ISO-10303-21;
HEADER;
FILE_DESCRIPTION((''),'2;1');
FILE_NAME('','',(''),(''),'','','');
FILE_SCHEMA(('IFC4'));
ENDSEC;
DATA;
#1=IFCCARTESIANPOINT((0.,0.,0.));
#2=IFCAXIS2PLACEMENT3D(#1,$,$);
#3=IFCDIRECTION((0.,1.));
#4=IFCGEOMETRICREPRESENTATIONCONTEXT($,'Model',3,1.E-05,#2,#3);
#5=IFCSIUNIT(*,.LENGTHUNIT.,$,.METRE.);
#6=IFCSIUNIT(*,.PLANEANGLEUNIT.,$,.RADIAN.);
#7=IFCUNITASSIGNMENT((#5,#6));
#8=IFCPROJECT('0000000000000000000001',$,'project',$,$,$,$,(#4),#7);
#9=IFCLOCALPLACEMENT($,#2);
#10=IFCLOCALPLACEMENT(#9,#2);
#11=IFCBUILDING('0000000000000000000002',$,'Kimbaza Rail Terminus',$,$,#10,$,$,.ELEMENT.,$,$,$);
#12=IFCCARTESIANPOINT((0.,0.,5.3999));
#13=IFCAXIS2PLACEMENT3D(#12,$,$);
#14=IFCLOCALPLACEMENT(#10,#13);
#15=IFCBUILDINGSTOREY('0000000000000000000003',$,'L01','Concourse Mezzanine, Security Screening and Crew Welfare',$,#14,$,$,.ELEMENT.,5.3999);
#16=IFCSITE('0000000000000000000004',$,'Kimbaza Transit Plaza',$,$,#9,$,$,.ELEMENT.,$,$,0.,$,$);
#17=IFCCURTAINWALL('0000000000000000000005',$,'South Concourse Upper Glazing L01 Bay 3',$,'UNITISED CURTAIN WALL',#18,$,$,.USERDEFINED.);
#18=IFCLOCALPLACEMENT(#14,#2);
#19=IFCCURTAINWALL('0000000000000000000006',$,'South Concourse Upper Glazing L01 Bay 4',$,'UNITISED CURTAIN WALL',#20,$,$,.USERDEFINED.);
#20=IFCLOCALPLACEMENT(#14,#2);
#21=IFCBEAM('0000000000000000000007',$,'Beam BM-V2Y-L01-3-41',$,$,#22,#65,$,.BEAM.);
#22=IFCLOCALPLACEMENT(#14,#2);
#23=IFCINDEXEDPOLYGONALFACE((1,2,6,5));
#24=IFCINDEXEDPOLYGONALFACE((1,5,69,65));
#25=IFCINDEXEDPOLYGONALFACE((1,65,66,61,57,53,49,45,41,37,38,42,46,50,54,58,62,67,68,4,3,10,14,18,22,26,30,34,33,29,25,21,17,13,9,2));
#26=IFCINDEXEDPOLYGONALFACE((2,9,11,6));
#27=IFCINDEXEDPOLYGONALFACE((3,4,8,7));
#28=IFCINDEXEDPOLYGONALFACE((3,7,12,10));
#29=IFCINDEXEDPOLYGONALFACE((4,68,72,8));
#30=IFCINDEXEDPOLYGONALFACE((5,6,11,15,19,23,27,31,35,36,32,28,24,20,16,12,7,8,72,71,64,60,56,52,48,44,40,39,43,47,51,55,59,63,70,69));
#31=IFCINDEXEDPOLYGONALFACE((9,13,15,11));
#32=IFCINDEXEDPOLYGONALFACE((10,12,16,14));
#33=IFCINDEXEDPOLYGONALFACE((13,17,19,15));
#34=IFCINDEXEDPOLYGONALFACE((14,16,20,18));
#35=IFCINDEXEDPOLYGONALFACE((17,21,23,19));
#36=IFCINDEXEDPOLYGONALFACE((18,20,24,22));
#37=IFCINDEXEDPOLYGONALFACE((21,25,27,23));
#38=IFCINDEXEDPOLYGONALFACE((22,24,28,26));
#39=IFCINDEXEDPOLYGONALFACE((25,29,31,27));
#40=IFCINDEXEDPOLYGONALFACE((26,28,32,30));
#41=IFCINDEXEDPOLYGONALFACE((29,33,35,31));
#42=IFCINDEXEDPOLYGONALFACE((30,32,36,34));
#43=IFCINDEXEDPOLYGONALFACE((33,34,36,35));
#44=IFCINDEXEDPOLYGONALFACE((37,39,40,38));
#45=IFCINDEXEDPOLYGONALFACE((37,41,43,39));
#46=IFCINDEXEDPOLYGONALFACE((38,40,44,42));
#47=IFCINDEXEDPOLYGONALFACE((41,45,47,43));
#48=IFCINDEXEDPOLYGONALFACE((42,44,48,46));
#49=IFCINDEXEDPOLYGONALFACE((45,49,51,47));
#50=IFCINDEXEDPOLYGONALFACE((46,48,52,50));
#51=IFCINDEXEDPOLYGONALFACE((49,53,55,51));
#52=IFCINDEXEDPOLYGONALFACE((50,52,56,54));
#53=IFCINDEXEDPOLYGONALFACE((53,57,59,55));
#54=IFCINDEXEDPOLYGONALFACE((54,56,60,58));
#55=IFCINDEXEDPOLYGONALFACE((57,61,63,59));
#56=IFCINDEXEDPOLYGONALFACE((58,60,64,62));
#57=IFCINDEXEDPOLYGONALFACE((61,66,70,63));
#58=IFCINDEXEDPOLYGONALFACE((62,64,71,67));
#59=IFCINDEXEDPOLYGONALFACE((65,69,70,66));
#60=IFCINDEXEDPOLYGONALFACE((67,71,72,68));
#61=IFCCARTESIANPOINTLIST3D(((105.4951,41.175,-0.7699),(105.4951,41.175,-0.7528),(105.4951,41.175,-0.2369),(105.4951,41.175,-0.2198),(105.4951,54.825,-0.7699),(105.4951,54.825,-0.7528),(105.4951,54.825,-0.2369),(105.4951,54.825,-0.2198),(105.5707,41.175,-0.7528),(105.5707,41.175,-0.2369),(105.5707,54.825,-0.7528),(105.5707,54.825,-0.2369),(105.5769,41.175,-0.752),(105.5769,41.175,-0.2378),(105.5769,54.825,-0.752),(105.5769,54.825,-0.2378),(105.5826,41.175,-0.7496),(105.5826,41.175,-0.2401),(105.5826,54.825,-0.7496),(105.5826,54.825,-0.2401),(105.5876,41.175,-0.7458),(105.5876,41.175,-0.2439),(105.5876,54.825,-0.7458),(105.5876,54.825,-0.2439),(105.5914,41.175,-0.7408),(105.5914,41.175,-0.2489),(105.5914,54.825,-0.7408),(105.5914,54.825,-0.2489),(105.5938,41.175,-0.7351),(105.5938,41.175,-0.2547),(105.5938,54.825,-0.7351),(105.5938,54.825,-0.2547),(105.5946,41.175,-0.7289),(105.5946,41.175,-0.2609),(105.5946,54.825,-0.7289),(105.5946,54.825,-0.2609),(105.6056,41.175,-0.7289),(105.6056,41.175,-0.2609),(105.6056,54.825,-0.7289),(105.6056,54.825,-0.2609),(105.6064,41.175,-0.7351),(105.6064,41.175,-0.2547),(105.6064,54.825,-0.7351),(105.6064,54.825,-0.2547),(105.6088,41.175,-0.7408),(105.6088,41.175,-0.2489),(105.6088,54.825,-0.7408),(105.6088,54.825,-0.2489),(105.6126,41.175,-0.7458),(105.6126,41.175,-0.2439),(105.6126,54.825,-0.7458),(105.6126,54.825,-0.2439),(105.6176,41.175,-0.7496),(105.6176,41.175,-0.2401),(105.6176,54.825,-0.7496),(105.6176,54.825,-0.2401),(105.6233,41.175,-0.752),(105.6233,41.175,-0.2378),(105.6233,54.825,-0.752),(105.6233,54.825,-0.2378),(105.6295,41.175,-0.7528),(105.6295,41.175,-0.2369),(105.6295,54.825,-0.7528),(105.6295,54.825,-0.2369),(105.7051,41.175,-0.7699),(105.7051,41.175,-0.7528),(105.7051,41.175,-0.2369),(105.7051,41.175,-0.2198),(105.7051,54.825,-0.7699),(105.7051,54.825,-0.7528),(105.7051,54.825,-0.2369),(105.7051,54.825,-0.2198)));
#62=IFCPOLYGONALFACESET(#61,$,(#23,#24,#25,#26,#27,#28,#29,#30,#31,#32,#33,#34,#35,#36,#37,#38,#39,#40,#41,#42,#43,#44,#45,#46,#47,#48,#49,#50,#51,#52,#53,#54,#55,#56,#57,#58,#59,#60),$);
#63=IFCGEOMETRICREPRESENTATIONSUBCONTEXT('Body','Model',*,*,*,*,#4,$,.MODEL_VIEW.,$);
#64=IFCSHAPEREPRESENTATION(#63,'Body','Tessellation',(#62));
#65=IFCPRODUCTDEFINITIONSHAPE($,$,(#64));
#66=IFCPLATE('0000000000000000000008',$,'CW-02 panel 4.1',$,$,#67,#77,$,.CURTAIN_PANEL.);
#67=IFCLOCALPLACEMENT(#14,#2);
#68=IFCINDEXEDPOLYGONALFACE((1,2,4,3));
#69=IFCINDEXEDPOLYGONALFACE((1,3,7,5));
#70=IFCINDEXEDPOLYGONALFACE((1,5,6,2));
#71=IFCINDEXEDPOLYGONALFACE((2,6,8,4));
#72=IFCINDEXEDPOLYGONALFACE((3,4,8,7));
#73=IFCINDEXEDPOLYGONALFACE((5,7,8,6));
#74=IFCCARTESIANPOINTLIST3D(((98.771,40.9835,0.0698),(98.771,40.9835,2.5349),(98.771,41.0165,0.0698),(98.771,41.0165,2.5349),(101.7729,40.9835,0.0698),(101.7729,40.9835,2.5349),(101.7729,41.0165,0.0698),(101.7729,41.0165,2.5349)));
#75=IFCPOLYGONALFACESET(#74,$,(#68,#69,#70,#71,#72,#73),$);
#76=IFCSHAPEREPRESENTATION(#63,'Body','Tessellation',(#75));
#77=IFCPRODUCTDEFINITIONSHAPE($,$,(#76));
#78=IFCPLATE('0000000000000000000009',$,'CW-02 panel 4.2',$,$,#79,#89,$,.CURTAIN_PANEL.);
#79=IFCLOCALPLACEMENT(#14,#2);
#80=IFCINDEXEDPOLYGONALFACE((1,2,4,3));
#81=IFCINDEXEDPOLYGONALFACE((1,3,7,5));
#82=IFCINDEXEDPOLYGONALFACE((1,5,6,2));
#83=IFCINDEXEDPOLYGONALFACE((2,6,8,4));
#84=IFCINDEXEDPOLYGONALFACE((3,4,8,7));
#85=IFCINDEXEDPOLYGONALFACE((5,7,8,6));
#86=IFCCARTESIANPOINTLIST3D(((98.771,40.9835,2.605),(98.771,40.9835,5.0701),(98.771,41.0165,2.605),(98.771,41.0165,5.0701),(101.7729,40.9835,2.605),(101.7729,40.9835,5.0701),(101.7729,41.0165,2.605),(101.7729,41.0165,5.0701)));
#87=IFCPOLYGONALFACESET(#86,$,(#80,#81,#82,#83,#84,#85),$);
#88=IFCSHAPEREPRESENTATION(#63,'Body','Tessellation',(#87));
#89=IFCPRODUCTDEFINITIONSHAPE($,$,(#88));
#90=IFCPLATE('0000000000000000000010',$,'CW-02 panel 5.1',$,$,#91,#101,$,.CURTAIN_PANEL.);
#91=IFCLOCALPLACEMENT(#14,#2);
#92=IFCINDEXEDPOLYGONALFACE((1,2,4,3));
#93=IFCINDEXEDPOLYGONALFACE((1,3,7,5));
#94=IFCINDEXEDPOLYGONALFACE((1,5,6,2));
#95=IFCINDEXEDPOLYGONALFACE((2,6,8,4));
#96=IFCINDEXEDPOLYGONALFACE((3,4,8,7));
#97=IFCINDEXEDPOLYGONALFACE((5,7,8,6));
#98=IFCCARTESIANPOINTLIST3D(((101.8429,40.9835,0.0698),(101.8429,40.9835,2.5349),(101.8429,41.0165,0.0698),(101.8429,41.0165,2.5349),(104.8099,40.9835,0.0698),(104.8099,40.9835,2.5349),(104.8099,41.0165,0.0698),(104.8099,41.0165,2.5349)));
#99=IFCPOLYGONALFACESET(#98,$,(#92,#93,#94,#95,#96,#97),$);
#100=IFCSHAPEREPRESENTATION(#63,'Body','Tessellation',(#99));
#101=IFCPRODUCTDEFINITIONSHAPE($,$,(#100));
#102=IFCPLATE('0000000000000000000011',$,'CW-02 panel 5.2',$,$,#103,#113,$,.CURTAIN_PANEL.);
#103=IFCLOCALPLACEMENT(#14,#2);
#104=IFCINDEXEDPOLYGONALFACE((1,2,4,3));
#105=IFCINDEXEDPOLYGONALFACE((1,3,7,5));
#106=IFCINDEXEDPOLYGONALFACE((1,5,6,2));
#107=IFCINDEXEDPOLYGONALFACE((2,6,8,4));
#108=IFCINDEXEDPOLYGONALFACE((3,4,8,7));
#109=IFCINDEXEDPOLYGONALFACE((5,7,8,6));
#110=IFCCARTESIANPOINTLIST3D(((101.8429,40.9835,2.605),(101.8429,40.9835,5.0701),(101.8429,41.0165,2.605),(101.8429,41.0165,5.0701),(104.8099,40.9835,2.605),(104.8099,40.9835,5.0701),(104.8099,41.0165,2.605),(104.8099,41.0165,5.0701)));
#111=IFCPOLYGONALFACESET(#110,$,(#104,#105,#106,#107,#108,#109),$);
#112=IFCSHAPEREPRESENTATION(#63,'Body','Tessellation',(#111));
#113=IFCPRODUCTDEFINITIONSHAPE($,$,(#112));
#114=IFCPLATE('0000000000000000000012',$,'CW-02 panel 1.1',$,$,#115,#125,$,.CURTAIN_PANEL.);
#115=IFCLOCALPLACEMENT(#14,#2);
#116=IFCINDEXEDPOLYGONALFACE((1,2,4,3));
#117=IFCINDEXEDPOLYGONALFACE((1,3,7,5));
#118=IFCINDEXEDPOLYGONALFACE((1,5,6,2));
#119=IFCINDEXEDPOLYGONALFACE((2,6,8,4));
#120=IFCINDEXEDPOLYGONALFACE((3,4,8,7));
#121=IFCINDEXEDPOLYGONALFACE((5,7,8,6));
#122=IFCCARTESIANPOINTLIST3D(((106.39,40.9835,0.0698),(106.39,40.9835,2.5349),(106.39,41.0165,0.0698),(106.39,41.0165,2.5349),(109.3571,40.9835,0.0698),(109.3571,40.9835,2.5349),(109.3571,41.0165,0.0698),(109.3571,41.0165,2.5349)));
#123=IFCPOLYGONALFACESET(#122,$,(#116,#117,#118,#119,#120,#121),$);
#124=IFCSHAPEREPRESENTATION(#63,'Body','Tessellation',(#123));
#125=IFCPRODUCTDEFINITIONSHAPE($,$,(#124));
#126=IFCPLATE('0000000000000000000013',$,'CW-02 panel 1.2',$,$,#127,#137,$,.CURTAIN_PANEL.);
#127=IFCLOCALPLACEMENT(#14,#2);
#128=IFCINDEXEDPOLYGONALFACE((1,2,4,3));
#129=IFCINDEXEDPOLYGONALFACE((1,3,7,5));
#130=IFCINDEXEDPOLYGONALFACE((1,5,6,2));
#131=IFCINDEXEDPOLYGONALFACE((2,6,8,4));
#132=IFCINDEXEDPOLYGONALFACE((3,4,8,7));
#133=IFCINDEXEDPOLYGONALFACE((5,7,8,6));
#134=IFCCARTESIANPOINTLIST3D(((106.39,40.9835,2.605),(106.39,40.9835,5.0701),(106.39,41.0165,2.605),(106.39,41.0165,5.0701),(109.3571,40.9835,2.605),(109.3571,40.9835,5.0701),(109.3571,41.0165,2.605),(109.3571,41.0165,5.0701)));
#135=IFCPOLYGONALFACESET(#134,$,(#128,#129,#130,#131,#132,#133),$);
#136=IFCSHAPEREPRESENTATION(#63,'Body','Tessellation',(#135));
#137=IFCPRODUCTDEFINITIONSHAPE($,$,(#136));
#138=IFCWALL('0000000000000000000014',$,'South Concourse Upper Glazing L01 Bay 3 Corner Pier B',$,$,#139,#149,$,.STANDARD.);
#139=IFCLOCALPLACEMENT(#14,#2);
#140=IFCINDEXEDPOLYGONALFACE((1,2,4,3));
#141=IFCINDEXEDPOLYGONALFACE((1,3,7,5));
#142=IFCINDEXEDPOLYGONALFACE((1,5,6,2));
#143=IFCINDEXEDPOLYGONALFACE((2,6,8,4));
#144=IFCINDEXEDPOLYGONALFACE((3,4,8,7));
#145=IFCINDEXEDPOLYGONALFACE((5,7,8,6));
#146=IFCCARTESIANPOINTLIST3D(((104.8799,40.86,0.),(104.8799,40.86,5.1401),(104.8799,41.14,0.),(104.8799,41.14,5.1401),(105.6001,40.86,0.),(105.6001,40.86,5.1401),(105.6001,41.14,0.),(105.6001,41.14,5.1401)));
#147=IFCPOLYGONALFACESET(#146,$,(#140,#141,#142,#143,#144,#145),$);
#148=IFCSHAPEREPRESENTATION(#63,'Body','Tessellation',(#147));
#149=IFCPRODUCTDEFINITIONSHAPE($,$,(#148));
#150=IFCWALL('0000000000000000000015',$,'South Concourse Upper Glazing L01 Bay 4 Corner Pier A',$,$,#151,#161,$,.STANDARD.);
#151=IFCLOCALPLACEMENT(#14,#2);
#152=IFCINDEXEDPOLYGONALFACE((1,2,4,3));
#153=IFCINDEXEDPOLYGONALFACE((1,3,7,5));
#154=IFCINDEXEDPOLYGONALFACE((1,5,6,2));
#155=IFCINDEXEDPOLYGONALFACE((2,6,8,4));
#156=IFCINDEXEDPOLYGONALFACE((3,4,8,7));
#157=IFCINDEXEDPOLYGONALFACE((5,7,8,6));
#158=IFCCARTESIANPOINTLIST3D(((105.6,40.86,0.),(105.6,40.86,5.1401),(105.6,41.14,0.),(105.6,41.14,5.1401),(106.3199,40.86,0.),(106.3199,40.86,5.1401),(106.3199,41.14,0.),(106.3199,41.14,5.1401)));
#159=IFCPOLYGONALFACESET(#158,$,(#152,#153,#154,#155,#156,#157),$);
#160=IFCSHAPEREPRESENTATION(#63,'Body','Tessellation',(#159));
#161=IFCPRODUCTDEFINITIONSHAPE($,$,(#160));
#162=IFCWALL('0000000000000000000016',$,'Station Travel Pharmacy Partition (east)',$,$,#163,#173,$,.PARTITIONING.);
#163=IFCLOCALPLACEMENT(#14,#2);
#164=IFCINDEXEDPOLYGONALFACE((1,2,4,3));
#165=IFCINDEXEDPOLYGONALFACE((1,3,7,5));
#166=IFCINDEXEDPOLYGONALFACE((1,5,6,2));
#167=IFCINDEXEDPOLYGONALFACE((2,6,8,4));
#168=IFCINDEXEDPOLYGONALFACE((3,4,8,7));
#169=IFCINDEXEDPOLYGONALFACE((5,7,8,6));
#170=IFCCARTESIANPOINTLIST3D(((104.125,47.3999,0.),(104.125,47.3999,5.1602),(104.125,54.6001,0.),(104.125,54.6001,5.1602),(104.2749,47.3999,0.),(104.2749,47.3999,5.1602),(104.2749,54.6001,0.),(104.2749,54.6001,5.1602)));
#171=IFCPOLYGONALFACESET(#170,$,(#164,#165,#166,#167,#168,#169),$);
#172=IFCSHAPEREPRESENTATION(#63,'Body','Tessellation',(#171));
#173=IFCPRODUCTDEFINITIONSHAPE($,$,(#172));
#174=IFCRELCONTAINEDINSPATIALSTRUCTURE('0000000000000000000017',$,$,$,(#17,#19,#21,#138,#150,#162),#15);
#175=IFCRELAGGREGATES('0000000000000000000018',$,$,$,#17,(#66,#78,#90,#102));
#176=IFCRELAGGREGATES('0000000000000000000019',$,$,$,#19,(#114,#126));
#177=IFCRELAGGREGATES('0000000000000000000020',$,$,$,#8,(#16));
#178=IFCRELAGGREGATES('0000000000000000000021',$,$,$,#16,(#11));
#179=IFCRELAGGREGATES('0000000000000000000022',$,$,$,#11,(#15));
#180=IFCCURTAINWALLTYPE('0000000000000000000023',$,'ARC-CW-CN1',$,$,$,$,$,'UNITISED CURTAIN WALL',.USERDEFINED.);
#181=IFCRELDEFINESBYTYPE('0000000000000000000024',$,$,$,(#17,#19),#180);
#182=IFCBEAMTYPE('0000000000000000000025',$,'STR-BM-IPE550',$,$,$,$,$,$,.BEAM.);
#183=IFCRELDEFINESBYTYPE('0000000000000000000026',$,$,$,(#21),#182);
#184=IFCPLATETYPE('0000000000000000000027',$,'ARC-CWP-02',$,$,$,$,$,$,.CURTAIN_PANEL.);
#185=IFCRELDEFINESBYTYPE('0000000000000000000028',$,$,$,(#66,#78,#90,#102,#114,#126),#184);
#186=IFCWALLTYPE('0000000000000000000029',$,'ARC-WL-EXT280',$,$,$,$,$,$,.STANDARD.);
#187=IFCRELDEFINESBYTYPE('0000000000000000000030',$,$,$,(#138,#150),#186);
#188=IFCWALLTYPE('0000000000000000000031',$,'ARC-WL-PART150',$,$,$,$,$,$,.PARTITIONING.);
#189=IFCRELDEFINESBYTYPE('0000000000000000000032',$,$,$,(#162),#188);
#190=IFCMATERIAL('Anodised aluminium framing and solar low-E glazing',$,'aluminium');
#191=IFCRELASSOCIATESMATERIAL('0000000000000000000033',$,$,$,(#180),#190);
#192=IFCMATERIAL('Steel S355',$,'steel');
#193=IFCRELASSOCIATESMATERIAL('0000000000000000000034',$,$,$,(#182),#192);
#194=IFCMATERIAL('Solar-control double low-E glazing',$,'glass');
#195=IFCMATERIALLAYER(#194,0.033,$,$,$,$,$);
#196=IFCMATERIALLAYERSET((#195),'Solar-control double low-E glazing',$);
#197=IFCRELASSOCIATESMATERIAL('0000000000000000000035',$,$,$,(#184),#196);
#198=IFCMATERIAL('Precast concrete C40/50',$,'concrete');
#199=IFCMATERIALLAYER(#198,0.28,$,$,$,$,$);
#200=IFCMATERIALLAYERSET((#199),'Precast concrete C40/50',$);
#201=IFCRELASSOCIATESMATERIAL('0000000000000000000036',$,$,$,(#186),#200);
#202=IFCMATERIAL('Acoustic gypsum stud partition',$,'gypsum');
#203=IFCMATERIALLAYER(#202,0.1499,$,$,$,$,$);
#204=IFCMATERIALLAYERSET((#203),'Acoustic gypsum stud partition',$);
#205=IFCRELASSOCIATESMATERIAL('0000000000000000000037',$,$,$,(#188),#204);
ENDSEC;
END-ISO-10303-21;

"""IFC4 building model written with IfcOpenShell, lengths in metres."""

from ifc_helpers import new_model, si_unit, direction, frame, frame_2d, origin, origin_2d, place, context, subcontext, project, spatial, rectangle, i_section, extrude, material, layer, layer_set, material_profile, profile_set, type_object, element, aggregate, save


model = new_model("IFC4")

# Units and contexts
model_context = context("Model", 3, precision=1e-05, world=origin(), true_north=direction((0.0, 1.0)))
body_context = subcontext(model_context, "Body", "Model", "MODEL_VIEW")
ifc_project = project(units=[si_unit("LENGTHUNIT", "METRE"), si_unit("PLANEANGLEUNIT", "RADIAN")], contexts=[model_context])

# Site, building, storey
site_placement = place(None, origin())
site = spatial("IfcSite", under=ifc_project, at=site_placement, Name="Kimbaza Transit Plaza", CompositionType="ELEMENT", RefElevation=0.0)
building_placement = place(site_placement, origin())
building = spatial("IfcBuilding", under=site, at=building_placement, Name="Kimbaza Rail Terminus", CompositionType="ELEMENT")
storey_placement = place(building_placement, frame((0.0, 0.0, 5.3999)))
storey = spatial("IfcBuildingStorey", under=building, at=storey_placement, Name="L01", Description="Concourse Mezzanine, Security Screening and Crew Welfare", CompositionType="ELEMENT", Elevation=5.3999)

# Curtain walls
ifc_material_1 = material(Name="Anodised aluminium framing and solar low-E glazing", Category="aluminium")
curtain_wall_type = type_object("IfcCurtainWallType", Name="ARC-CW-CN1", ElementType="UNITISED CURTAIN WALL", PredefinedType="USERDEFINED", material=ifc_material_1)
curtain_wall_1_placement = place(storey_placement, origin())
curtain_wall_1 = element("IfcCurtainWall", 1, at=curtain_wall_1_placement, inside=storey, type_object=curtain_wall_type, Name="South Concourse Upper Glazing L01 Bay 3", ObjectType="UNITISED CURTAIN WALL", PredefinedType="USERDEFINED")
curtain_wall_2_placement = place(storey_placement, origin())
curtain_wall_2 = element("IfcCurtainWall", 2, at=curtain_wall_2_placement, inside=storey, type_object=curtain_wall_type, Name="South Concourse Upper Glazing L01 Bay 4", ObjectType="UNITISED CURTAIN WALL", PredefinedType="USERDEFINED")

# Beam
ifc_material_2 = material(Name="Steel S355", Category="steel")
ifc_material_profile_1 = material_profile(ifc_material_2, i_section(OverallWidth=0.21, OverallDepth=0.55, WebThickness=0.011, FlangeThickness=0.0171, FilletRadius=0.0239, at=origin_2d()), Name="IPE 550")
ifc_profile_set_1 = profile_set([ifc_material_profile_1], Name="Steel S355")
beam_type_1 = type_object("IfcBeamType", Name="STR-BM-IPE550", PredefinedType="BEAM", material=ifc_profile_set_1)
beam_1_placement = place(storey_placement, frame((105.6001, 41.175, -0.4949), z_axis=(0.0, 1.0, 0.0), x_axis=(-1.0, 0.0, 0.0)))
element("IfcBeam", 3, at=beam_1_placement, inside=storey, type_object=beam_type_1, Name="Beam BM-V2Y-L01-3-41", PredefinedType="BEAM", context=body_context, shape_type="SweptSolid", body=[
    extrude(i_section(OverallWidth=0.21, OverallDepth=0.55, WebThickness=0.011, FlangeThickness=0.0171, FilletRadius=0.0239, at=origin_2d()), origin(), (0.0, 0.0, 1.0), 13.6499),
])

# Plates
ifc_material_3 = material(Name="Solar-control double low-E glazing", Category="glass")
ifc_layer_1 = layer(ifc_material_3, 0.033)
ifc_layer_set_1 = layer_set([ifc_layer_1], Name="Solar-control double low-E glazing")
plate_type = type_object("IfcPlateType", Name="ARC-CWP-02", PredefinedType="CURTAIN_PANEL", material=ifc_layer_set_1)
plate_1_placement = place(storey_placement, frame((100.272, 41.0, 0.0698), z_axis=(0.0, 0.0, 1.0), x_axis=(1.0, 0.0, 0.0)))
plate_1 = element("IfcPlate", 4, at=plate_1_placement, type_object=plate_type, Name="CW-02 panel 4.1", PredefinedType="CURTAIN_PANEL", context=body_context, shape_type="SweptSolid", body=[
    extrude(rectangle(XDim=3.002, YDim=0.033, at=origin_2d()), origin(), (0.0, 0.0, 1.0), 2.4651),
])
plate_2_placement = place(storey_placement, frame((100.272, 41.0, 2.605), z_axis=(0.0, 0.0, 1.0), x_axis=(1.0, 0.0, 0.0)))
plate_2 = element("IfcPlate", 5, at=plate_2_placement, type_object=plate_type, Name="CW-02 panel 4.2", PredefinedType="CURTAIN_PANEL", context=body_context, shape_type="SweptSolid", body=[
    extrude(rectangle(XDim=3.002, YDim=0.033, at=origin_2d()), origin(), (0.0, 0.0, 1.0), 2.4651),
])
plate_3_placement = place(storey_placement, frame((103.3264, 41.0, 0.0698), z_axis=(0.0, 0.0, 1.0), x_axis=(1.0, 0.0, 0.0)))
plate_3 = element("IfcPlate", 6, at=plate_3_placement, type_object=plate_type, Name="CW-02 panel 5.1", PredefinedType="CURTAIN_PANEL", context=body_context, shape_type="SweptSolid", body=[
    extrude(rectangle(XDim=2.967, YDim=0.033, at=origin_2d()), origin(), (0.0, 0.0, 1.0), 2.4651),
])
plate_4_placement = place(storey_placement, frame((103.3264, 41.0, 2.605), z_axis=(0.0, 0.0, 1.0), x_axis=(1.0, 0.0, 0.0)))
plate_4 = element("IfcPlate", 7, at=plate_4_placement, type_object=plate_type, Name="CW-02 panel 5.2", PredefinedType="CURTAIN_PANEL", context=body_context, shape_type="SweptSolid", body=[
    extrude(rectangle(XDim=2.967, YDim=0.033, at=origin_2d()), origin(), (0.0, 0.0, 1.0), 2.4651),
])
aggregate(curtain_wall_1, [plate_1, plate_2, plate_3, plate_4])
plate_5_placement = place(storey_placement, frame((107.8735, 41.0, 0.0698), z_axis=(0.0, 0.0, 1.0), x_axis=(1.0, 0.0, 0.0)))
plate_5 = element("IfcPlate", 8, at=plate_5_placement, type_object=plate_type, Name="CW-02 panel 1.1", PredefinedType="CURTAIN_PANEL", context=body_context, shape_type="SweptSolid", body=[
    extrude(rectangle(XDim=2.967, YDim=0.033, at=origin_2d()), origin(), (0.0, 0.0, 1.0), 2.4651),
])
plate_6_placement = place(storey_placement, frame((107.8735, 41.0, 2.605), z_axis=(0.0, 0.0, 1.0), x_axis=(1.0, 0.0, 0.0)))
plate_6 = element("IfcPlate", 9, at=plate_6_placement, type_object=plate_type, Name="CW-02 panel 1.2", PredefinedType="CURTAIN_PANEL", context=body_context, shape_type="SweptSolid", body=[
    extrude(rectangle(XDim=2.967, YDim=0.033, at=origin_2d()), origin(), (0.0, 0.0, 1.0), 2.4651),
])
aggregate(curtain_wall_2, [plate_5, plate_6])

# Walls
ifc_material_4 = material(Name="Precast concrete C40/50", Category="concrete")
ifc_layer_2 = layer(ifc_material_4, 0.28)
ifc_layer_set_2 = layer_set([ifc_layer_2], Name="Precast concrete C40/50")
wall_type_1 = type_object("IfcWallType", Name="ARC-WL-EXT280", PredefinedType="STANDARD", material=ifc_layer_set_2)
wall_1_placement = place(storey_placement, frame((104.8799, 41.0, 0.0), z_axis=(0.0, 0.0, 1.0), x_axis=(1.0, 0.0, 0.0)))
element("IfcWall", 10, at=wall_1_placement, inside=storey, type_object=wall_type_1, Name="South Concourse Upper Glazing L01 Bay 3 Corner Pier B", PredefinedType="STANDARD", context=body_context, shape_type="SweptSolid", body=[
    extrude(rectangle(XDim=0.7202, YDim=0.28, at=frame_2d((0.3601, 0.0))), origin(), (0.0, 0.0, 1.0), 5.1401),
])
wall_2_placement = place(storey_placement, frame((105.6001, 41.0, 0.0), z_axis=(0.0, 0.0, 1.0), x_axis=(1.0, 0.0, 0.0)))
element("IfcWall", 11, at=wall_2_placement, inside=storey, type_object=wall_type_1, Name="South Concourse Upper Glazing L01 Bay 4 Corner Pier A", PredefinedType="STANDARD", context=body_context, shape_type="SweptSolid", body=[
    extrude(rectangle(XDim=0.72, YDim=0.28, at=frame_2d((0.3599, 0.0))), origin(), (0.0, 0.0, 1.0), 5.1401),
])
ifc_material_5 = material(Name="Acoustic gypsum stud partition", Category="gypsum")
ifc_layer_3 = layer(ifc_material_5, 0.1499)
ifc_layer_set_3 = layer_set([ifc_layer_3], Name="Acoustic gypsum stud partition")
wall_type_2 = type_object("IfcWallType", Name="ARC-WL-PART150", PredefinedType="PARTITIONING", material=ifc_layer_set_3)
wall_3_placement = place(storey_placement, frame((104.2, 47.3999, 0.0), z_axis=(0.0, 0.0, 1.0), x_axis=(0.0, 1.0, 0.0)))
element("IfcWall", 12, at=wall_3_placement, inside=storey, type_object=wall_type_2, Name="Station Travel Pharmacy Partition (east)", PredefinedType="PARTITIONING", context=body_context, shape_type="SweptSolid", body=[
    extrude(rectangle(XDim=7.2002, YDim=0.1499, at=frame_2d((3.6001, 0.0))), origin(), (0.0, 0.0, 1.0), 5.1602),
])

save(model, "model.ifc")
